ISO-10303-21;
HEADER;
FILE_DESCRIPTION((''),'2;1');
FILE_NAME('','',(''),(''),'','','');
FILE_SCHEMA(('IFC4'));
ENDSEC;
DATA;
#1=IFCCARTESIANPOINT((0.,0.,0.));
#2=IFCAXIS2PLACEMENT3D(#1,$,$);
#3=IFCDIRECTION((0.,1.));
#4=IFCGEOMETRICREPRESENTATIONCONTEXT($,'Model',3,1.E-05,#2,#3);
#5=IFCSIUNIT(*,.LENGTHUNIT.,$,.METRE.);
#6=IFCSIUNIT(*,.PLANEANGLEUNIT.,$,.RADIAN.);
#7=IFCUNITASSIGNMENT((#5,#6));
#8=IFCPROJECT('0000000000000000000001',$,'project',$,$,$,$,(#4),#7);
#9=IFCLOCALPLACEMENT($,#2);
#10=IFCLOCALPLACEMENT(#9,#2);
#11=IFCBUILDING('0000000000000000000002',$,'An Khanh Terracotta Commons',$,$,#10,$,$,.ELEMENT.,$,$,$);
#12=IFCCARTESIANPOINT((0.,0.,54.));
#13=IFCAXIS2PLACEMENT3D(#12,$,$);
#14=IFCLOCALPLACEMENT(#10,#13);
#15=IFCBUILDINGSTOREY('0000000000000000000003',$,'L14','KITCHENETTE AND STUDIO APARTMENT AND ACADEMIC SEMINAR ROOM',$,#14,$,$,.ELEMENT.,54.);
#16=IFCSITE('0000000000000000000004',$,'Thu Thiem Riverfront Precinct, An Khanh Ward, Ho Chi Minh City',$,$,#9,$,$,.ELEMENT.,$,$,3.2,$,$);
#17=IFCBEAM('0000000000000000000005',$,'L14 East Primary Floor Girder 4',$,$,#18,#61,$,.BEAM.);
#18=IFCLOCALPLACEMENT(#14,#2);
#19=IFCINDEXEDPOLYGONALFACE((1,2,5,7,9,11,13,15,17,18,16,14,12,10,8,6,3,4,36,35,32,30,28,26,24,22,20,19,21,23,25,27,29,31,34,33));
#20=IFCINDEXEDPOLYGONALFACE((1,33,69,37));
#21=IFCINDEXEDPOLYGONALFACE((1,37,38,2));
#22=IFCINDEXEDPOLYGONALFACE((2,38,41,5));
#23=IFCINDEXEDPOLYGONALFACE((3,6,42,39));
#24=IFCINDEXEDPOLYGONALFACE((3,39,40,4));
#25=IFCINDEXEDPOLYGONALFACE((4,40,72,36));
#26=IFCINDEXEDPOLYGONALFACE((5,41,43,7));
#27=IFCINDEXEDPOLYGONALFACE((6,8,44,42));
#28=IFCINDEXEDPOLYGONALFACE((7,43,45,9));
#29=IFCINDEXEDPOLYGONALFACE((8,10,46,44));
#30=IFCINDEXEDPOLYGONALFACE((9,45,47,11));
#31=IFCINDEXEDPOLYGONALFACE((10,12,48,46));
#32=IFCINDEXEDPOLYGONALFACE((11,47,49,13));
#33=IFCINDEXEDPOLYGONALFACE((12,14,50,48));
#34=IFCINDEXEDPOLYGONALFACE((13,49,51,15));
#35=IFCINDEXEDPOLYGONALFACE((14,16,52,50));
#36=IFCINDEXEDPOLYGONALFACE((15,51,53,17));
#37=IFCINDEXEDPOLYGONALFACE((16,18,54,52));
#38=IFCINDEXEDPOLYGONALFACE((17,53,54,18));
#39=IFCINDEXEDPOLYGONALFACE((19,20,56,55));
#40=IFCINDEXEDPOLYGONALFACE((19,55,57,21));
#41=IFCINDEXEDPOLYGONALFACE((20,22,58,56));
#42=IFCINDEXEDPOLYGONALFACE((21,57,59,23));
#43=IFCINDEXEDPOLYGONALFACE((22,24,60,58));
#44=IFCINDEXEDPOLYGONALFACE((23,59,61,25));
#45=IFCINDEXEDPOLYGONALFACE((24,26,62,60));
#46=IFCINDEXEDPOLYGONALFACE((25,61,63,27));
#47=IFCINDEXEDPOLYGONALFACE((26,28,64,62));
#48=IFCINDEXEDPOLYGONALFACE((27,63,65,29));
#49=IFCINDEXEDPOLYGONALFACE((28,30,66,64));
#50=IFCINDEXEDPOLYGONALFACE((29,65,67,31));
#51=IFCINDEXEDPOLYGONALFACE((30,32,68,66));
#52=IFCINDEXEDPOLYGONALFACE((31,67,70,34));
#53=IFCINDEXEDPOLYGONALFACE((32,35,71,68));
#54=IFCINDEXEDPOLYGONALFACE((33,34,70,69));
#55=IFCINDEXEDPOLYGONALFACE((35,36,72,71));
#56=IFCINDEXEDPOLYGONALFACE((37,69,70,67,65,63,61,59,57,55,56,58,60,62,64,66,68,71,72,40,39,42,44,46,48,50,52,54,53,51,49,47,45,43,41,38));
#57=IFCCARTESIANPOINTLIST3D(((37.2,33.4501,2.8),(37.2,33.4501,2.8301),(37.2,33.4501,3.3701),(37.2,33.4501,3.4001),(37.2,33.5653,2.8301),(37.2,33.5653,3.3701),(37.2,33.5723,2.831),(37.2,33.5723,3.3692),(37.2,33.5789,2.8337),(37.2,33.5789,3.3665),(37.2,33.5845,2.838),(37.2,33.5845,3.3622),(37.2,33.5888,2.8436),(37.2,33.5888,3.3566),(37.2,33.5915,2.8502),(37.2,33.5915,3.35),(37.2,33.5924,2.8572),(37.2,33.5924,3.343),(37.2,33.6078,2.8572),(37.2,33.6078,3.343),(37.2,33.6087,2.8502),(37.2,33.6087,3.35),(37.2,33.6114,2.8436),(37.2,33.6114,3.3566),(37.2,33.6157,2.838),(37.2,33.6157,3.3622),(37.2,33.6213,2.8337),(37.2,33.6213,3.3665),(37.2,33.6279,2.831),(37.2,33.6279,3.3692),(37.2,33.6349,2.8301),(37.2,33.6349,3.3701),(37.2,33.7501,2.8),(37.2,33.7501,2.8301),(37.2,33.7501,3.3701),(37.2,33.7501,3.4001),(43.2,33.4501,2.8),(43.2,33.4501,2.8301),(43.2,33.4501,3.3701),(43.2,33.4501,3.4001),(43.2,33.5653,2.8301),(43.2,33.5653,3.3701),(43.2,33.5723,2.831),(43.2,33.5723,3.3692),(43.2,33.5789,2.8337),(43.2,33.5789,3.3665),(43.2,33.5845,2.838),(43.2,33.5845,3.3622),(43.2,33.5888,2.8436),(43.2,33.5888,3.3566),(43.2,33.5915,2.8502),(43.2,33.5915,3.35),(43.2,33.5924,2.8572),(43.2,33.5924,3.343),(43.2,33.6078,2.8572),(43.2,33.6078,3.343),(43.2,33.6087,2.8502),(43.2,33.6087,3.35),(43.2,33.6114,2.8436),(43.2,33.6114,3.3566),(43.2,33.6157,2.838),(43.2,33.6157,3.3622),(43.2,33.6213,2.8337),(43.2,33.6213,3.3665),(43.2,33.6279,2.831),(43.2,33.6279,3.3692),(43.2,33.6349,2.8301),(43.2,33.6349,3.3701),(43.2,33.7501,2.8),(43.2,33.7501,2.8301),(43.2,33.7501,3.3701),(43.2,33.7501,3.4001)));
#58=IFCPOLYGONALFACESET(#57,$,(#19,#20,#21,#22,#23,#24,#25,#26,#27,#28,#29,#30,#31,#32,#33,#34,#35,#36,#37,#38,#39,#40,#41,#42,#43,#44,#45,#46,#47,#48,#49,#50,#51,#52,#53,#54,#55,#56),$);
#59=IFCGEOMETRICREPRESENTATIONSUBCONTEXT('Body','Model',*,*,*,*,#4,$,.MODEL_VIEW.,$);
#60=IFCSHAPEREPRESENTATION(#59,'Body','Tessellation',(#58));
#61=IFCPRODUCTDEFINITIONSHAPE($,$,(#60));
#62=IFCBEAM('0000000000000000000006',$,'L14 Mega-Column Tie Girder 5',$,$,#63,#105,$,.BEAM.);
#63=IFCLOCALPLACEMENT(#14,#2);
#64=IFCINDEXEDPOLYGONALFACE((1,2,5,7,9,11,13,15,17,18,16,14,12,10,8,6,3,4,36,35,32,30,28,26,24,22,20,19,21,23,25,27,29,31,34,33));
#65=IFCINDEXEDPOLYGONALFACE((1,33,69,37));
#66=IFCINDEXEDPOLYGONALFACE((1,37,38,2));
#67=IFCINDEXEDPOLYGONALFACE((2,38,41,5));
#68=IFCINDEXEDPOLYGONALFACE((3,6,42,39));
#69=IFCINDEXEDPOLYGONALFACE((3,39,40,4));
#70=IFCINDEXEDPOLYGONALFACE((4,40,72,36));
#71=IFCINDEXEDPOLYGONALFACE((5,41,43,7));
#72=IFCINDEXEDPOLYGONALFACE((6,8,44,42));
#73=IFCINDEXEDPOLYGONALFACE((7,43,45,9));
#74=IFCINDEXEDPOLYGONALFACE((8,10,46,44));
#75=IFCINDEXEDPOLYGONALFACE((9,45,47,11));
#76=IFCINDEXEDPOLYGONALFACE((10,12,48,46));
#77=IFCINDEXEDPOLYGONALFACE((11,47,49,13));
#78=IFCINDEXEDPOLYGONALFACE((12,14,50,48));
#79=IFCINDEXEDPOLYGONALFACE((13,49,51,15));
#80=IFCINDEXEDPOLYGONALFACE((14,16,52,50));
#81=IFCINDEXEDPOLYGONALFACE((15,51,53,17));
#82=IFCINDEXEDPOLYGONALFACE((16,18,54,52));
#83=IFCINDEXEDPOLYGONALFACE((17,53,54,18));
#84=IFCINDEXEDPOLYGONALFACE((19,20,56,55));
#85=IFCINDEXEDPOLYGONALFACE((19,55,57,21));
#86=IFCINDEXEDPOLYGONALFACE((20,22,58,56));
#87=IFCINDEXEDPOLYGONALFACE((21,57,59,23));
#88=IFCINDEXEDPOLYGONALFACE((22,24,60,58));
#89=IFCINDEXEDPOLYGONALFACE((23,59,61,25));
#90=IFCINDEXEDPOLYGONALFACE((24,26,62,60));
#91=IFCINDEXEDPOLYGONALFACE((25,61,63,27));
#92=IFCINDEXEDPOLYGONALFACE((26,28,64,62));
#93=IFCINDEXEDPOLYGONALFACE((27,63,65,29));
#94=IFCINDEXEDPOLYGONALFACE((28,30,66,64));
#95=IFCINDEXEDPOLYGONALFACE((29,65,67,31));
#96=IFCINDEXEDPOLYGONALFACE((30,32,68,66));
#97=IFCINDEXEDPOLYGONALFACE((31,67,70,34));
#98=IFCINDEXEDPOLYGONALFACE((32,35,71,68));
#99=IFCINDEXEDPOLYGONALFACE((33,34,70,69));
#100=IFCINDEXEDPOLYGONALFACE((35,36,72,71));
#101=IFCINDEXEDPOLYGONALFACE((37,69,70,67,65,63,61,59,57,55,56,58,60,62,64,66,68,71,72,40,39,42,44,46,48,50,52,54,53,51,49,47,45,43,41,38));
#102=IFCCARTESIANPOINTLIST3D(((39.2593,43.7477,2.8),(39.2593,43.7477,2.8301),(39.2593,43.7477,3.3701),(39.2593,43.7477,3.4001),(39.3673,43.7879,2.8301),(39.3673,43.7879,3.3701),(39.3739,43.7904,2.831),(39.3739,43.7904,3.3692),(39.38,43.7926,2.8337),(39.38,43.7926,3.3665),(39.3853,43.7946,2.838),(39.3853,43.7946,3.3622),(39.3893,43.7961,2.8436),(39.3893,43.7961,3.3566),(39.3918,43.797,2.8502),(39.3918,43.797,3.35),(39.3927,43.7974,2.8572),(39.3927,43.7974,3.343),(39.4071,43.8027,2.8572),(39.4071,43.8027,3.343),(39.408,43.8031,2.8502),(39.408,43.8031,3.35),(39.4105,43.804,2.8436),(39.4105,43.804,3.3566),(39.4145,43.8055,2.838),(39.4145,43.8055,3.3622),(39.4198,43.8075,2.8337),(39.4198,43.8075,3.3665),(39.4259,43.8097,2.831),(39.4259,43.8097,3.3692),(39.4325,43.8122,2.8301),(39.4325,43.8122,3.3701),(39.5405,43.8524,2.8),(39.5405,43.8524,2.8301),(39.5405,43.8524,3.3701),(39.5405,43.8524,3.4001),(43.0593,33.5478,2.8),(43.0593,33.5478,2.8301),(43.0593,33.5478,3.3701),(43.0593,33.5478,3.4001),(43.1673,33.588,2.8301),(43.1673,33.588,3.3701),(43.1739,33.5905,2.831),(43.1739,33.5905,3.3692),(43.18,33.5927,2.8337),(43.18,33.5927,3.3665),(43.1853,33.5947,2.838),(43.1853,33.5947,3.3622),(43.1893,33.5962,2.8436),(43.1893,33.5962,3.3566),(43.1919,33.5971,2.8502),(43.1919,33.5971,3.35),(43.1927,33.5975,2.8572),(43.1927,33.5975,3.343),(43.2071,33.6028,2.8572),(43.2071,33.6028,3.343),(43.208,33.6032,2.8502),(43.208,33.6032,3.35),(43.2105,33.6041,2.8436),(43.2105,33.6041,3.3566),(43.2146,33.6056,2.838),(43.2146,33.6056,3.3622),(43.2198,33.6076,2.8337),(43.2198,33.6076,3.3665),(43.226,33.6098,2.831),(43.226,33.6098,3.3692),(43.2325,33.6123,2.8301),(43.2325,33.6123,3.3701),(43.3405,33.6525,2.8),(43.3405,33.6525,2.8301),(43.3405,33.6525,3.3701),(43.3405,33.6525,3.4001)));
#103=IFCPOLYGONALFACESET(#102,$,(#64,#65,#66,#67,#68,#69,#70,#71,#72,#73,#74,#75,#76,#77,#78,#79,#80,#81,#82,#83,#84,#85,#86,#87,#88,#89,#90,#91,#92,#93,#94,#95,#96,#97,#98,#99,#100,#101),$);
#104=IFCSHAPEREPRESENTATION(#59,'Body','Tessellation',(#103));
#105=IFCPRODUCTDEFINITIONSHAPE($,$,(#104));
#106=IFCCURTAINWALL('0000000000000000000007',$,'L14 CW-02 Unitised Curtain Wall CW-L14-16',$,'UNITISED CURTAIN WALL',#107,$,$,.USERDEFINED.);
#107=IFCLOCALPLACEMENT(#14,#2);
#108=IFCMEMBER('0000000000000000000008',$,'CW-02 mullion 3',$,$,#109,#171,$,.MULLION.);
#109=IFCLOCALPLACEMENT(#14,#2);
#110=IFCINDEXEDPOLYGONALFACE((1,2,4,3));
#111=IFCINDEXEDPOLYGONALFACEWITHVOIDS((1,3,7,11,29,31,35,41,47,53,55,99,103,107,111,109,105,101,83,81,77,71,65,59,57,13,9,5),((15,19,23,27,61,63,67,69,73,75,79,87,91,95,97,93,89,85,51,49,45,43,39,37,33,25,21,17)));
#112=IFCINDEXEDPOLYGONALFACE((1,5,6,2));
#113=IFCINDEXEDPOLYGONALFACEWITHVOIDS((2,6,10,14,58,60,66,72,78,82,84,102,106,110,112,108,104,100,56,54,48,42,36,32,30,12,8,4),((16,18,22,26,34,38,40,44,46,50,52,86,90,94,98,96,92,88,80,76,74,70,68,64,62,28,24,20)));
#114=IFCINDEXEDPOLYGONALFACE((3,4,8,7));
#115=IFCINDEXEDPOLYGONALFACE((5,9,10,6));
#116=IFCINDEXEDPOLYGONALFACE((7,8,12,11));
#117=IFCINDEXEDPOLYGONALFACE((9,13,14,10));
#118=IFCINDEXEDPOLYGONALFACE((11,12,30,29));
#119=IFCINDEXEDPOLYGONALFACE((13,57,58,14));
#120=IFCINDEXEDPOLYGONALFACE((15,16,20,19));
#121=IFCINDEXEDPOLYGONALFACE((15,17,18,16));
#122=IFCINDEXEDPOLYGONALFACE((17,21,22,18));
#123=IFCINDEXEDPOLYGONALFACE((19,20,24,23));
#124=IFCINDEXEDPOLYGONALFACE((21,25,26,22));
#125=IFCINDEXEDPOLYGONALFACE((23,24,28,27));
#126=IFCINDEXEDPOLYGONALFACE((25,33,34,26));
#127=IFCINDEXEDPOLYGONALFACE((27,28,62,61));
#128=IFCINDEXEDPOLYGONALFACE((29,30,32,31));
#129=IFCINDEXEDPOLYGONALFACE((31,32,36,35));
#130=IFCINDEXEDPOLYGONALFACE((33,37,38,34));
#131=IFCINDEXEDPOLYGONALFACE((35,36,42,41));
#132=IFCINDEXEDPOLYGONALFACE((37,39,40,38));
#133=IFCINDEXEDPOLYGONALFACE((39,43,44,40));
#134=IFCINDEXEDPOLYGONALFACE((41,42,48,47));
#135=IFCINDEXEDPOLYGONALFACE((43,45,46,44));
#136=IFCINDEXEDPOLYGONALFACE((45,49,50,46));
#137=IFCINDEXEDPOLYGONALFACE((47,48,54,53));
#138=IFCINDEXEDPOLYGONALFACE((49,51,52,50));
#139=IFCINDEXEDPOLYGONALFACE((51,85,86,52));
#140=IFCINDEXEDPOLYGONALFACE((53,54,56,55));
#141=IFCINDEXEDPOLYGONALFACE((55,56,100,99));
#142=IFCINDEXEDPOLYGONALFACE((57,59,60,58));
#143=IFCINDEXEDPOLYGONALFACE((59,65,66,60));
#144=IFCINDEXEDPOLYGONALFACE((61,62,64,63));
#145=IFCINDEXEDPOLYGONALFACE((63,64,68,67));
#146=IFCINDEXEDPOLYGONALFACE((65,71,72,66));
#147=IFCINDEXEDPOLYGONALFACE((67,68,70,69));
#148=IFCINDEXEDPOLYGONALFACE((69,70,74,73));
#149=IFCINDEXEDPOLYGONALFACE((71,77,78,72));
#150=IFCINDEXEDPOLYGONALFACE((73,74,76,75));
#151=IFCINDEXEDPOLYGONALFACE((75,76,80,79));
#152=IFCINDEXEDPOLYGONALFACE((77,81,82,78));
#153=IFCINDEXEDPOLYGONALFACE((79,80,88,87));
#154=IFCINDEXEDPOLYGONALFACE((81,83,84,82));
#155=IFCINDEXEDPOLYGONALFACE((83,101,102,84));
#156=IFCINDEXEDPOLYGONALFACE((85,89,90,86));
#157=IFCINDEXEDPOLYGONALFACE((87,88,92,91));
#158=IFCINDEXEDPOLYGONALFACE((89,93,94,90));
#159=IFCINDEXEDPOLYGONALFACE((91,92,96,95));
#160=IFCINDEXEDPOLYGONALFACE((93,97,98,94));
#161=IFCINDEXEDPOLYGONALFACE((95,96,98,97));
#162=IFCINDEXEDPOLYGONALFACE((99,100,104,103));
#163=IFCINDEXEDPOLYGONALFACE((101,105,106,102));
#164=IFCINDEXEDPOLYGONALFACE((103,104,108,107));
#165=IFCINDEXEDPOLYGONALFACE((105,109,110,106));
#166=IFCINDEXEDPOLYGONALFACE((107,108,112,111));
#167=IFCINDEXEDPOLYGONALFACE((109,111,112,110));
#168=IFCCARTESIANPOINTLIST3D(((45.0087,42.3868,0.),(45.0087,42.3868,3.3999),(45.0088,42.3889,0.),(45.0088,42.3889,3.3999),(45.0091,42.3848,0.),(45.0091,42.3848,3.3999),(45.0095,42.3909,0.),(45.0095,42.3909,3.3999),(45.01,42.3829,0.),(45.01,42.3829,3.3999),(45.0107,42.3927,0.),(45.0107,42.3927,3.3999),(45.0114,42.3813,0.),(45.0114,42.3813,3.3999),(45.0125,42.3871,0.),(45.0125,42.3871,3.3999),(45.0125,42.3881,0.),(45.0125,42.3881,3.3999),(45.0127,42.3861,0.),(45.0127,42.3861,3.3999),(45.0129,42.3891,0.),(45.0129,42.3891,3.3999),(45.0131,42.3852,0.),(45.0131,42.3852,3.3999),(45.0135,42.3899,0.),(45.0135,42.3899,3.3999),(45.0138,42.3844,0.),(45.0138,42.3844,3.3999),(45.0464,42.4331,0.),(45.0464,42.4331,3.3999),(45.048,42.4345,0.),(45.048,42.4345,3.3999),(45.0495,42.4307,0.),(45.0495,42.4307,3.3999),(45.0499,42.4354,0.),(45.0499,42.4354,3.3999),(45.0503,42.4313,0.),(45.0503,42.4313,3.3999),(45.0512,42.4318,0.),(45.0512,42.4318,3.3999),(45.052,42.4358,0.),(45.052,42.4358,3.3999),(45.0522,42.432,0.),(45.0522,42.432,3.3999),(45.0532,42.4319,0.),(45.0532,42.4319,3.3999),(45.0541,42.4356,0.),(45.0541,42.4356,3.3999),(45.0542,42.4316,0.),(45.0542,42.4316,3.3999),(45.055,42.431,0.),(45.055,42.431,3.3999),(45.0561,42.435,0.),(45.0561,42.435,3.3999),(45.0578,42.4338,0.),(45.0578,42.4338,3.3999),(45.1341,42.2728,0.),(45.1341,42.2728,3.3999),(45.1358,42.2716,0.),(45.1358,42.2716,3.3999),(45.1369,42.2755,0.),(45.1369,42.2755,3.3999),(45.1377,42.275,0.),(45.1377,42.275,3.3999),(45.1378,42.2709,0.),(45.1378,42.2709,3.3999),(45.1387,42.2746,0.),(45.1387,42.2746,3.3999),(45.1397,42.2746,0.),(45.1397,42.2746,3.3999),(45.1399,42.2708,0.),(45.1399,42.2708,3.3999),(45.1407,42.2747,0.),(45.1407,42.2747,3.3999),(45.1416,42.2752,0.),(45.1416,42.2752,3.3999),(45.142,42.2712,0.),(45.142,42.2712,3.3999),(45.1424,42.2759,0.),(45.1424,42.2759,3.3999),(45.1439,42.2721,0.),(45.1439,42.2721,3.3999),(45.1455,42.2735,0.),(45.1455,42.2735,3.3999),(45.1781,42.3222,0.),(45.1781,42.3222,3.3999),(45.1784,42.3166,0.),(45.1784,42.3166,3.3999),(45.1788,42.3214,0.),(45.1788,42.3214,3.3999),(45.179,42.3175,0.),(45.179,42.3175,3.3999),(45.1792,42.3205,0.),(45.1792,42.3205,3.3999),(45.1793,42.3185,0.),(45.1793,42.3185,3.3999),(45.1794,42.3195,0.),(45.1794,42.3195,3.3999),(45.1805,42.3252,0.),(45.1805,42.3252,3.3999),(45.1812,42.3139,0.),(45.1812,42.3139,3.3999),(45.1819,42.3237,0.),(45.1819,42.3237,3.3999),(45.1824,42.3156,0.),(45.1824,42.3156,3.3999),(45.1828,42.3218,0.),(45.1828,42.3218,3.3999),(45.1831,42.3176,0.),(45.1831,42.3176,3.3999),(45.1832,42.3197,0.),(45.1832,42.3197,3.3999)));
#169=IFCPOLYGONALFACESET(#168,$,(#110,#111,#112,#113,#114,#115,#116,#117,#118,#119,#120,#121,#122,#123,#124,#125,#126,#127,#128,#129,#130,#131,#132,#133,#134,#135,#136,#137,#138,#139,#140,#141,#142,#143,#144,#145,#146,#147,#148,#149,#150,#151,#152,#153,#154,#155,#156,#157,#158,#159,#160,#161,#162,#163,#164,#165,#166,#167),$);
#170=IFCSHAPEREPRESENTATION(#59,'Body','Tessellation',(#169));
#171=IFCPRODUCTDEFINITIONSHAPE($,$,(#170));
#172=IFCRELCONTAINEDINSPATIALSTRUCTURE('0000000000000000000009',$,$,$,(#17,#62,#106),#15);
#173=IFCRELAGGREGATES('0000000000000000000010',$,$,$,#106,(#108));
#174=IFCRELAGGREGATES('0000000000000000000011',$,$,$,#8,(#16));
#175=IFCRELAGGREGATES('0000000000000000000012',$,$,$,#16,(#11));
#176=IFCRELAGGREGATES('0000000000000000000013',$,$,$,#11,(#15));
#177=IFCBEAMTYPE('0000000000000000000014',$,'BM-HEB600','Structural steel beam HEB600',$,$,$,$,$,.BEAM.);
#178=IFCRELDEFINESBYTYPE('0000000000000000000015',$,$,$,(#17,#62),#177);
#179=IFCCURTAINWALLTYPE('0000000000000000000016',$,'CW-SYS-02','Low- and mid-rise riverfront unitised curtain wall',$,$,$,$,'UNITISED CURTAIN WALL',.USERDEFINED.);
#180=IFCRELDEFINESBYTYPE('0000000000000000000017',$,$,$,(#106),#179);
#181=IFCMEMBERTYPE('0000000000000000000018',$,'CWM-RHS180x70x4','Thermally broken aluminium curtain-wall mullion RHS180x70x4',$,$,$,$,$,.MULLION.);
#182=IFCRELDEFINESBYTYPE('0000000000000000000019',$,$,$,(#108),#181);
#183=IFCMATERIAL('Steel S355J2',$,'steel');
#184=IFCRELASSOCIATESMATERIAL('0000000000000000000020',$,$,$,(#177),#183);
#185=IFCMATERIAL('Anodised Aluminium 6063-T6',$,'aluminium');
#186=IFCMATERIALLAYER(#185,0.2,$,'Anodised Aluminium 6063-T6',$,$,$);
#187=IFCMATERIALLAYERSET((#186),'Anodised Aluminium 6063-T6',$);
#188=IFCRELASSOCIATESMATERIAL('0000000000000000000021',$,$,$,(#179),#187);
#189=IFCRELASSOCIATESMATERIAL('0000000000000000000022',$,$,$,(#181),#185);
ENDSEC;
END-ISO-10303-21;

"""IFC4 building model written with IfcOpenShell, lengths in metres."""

from ifc_helpers import new_model, si_unit, direction, frame, origin, origin_2d, place, context, subcontext, project, spatial, hollow_rectangle, i_section, extrude, material, layer, layer_set, material_profile, profile_set, type_object, element, aggregate, save


model = new_model("IFC4")

# Units and contexts
model_context = context("Model", 3, precision=1e-05, world=origin(), true_north=direction((0.0, 1.0)))
body_context = subcontext(model_context, "Body", "Model", "MODEL_VIEW")
ifc_project = project(units=[si_unit("LENGTHUNIT", "METRE"), si_unit("PLANEANGLEUNIT", "RADIAN")], contexts=[model_context])

# Site, building, storey
site_placement = place(None, origin())
site = spatial("IfcSite", under=ifc_project, at=site_placement, Name="Thu Thiem Riverfront Precinct, An Khanh Ward, Ho Chi Minh City", CompositionType="ELEMENT", RefElevation=3.2)
building_placement = place(site_placement, origin())
building = spatial("IfcBuilding", under=site, at=building_placement, Name="An Khanh Terracotta Commons", CompositionType="ELEMENT")
storey_placement = place(building_placement, frame((0.0, 0.0, 54.0)))
storey = spatial("IfcBuildingStorey", under=building, at=storey_placement, Name="L14", Description="KITCHENETTE AND STUDIO APARTMENT AND ACADEMIC SEMINAR ROOM", CompositionType="ELEMENT", Elevation=54.0)

# Beams
ifc_material_1 = material(Name="Steel S355J2", Category="steel")
ifc_material_profile_1 = material_profile(ifc_material_1, i_section(OverallWidth=0.3, OverallDepth=0.6001, WebThickness=0.0154, FlangeThickness=0.03, FilletRadius=0.0271, at=origin_2d()), Name="HEB600")
ifc_profile_set_1 = profile_set([ifc_material_profile_1], Name="Steel S355J2")
beam_type_1 = type_object("IfcBeamType", Name="BM-HEB600", Description="Structural steel beam HEB600", PredefinedType="BEAM", material=ifc_profile_set_1)
beam_1_placement = place(storey_placement, frame((37.2, 33.6001, 3.1001), z_axis=(1.0, 0.0, 0.0), x_axis=(0.0, 1.0, 0.0)))
element("IfcBeam", 1, at=beam_1_placement, inside=storey, type_object=beam_type_1, Name="L14 East Primary Floor Girder 4", PredefinedType="BEAM", context=body_context, shape_type="SweptSolid", body=[
    extrude(i_section(OverallWidth=0.3, OverallDepth=0.6001, WebThickness=0.0154, FlangeThickness=0.03, FilletRadius=0.0271, at=origin_2d()), origin(), (0.0, 0.0, 1.0), 6.0),
])
beam_2_placement = place(storey_placement, frame((39.3999, 43.8, 3.1001), z_axis=(0.349114, -0.93708, 0.0), x_axis=(0.93708, 0.349114, 0.0)))
element("IfcBeam", 2, at=beam_2_placement, inside=storey, type_object=beam_type_1, Name="L14 Mega-Column Tie Girder 5", PredefinedType="BEAM", context=body_context, shape_type="SweptSolid", body=[
    extrude(i_section(OverallWidth=0.3, OverallDepth=0.6001, WebThickness=0.0154, FlangeThickness=0.03, FilletRadius=0.0271, at=origin_2d()), origin(), (0.0, 0.0, 1.0), 10.8848),
])

# Curtain wall, member
ifc_material_2 = material(Name="Anodised Aluminium 6063-T6", Category="aluminium")
ifc_layer_1 = layer(ifc_material_2, 0.2, Name="Anodised Aluminium 6063-T6")
ifc_layer_set_1 = layer_set([ifc_layer_1], Name="Anodised Aluminium 6063-T6")
curtain_wall_type = type_object("IfcCurtainWallType", Name="CW-SYS-02", Description="Low- and mid-rise riverfront unitised curtain wall", ElementType="UNITISED CURTAIN WALL", PredefinedType="USERDEFINED", material=ifc_layer_set_1)
curtain_wall_placement = place(storey_placement, origin())
curtain_wall = element("IfcCurtainWall", 3, at=curtain_wall_placement, inside=storey, type_object=curtain_wall_type, Name="L14 CW-02 Unitised Curtain Wall CW-L14-16", ObjectType="UNITISED CURTAIN WALL", PredefinedType="USERDEFINED")
ifc_material_profile_2 = material_profile(ifc_material_2, hollow_rectangle(XDim=0.0701, YDim=0.1799, WallThickness=0.0039, InnerFilletRadius=0.0039, OuterFilletRadius=0.0081, at=origin_2d()), Name="RHS180x70x4")
ifc_profile_set_2 = profile_set([ifc_material_profile_2], Name="Anodised Aluminium 6063-T6")
member_type_1 = type_object("IfcMemberType", Name="CWM-RHS180x70x4", Description="Thermally broken aluminium curtain-wall mullion RHS180x70x4", PredefinedType="MULLION", material=ifc_profile_set_2)
member_1_placement = place(storey_placement, frame((45.0959, 42.3533, 0.0), z_axis=(0.0, 0.0, 1.0), x_axis=(-0.662548, -0.749019, 0.0)))
member_1 = element("IfcMember", 4, at=member_1_placement, type_object=member_type_1, Name="CW-02 mullion 3", PredefinedType="MULLION", context=body_context, shape_type="SweptSolid", body=[
    extrude(hollow_rectangle(XDim=0.0701, YDim=0.1799, WallThickness=0.0039, InnerFilletRadius=0.0039, OuterFilletRadius=0.0081, at=origin_2d()), origin(), (0.0, 0.0, 1.0), 3.3999),
])
aggregate(curtain_wall, [member_1])

save(model, "model.ifc")
